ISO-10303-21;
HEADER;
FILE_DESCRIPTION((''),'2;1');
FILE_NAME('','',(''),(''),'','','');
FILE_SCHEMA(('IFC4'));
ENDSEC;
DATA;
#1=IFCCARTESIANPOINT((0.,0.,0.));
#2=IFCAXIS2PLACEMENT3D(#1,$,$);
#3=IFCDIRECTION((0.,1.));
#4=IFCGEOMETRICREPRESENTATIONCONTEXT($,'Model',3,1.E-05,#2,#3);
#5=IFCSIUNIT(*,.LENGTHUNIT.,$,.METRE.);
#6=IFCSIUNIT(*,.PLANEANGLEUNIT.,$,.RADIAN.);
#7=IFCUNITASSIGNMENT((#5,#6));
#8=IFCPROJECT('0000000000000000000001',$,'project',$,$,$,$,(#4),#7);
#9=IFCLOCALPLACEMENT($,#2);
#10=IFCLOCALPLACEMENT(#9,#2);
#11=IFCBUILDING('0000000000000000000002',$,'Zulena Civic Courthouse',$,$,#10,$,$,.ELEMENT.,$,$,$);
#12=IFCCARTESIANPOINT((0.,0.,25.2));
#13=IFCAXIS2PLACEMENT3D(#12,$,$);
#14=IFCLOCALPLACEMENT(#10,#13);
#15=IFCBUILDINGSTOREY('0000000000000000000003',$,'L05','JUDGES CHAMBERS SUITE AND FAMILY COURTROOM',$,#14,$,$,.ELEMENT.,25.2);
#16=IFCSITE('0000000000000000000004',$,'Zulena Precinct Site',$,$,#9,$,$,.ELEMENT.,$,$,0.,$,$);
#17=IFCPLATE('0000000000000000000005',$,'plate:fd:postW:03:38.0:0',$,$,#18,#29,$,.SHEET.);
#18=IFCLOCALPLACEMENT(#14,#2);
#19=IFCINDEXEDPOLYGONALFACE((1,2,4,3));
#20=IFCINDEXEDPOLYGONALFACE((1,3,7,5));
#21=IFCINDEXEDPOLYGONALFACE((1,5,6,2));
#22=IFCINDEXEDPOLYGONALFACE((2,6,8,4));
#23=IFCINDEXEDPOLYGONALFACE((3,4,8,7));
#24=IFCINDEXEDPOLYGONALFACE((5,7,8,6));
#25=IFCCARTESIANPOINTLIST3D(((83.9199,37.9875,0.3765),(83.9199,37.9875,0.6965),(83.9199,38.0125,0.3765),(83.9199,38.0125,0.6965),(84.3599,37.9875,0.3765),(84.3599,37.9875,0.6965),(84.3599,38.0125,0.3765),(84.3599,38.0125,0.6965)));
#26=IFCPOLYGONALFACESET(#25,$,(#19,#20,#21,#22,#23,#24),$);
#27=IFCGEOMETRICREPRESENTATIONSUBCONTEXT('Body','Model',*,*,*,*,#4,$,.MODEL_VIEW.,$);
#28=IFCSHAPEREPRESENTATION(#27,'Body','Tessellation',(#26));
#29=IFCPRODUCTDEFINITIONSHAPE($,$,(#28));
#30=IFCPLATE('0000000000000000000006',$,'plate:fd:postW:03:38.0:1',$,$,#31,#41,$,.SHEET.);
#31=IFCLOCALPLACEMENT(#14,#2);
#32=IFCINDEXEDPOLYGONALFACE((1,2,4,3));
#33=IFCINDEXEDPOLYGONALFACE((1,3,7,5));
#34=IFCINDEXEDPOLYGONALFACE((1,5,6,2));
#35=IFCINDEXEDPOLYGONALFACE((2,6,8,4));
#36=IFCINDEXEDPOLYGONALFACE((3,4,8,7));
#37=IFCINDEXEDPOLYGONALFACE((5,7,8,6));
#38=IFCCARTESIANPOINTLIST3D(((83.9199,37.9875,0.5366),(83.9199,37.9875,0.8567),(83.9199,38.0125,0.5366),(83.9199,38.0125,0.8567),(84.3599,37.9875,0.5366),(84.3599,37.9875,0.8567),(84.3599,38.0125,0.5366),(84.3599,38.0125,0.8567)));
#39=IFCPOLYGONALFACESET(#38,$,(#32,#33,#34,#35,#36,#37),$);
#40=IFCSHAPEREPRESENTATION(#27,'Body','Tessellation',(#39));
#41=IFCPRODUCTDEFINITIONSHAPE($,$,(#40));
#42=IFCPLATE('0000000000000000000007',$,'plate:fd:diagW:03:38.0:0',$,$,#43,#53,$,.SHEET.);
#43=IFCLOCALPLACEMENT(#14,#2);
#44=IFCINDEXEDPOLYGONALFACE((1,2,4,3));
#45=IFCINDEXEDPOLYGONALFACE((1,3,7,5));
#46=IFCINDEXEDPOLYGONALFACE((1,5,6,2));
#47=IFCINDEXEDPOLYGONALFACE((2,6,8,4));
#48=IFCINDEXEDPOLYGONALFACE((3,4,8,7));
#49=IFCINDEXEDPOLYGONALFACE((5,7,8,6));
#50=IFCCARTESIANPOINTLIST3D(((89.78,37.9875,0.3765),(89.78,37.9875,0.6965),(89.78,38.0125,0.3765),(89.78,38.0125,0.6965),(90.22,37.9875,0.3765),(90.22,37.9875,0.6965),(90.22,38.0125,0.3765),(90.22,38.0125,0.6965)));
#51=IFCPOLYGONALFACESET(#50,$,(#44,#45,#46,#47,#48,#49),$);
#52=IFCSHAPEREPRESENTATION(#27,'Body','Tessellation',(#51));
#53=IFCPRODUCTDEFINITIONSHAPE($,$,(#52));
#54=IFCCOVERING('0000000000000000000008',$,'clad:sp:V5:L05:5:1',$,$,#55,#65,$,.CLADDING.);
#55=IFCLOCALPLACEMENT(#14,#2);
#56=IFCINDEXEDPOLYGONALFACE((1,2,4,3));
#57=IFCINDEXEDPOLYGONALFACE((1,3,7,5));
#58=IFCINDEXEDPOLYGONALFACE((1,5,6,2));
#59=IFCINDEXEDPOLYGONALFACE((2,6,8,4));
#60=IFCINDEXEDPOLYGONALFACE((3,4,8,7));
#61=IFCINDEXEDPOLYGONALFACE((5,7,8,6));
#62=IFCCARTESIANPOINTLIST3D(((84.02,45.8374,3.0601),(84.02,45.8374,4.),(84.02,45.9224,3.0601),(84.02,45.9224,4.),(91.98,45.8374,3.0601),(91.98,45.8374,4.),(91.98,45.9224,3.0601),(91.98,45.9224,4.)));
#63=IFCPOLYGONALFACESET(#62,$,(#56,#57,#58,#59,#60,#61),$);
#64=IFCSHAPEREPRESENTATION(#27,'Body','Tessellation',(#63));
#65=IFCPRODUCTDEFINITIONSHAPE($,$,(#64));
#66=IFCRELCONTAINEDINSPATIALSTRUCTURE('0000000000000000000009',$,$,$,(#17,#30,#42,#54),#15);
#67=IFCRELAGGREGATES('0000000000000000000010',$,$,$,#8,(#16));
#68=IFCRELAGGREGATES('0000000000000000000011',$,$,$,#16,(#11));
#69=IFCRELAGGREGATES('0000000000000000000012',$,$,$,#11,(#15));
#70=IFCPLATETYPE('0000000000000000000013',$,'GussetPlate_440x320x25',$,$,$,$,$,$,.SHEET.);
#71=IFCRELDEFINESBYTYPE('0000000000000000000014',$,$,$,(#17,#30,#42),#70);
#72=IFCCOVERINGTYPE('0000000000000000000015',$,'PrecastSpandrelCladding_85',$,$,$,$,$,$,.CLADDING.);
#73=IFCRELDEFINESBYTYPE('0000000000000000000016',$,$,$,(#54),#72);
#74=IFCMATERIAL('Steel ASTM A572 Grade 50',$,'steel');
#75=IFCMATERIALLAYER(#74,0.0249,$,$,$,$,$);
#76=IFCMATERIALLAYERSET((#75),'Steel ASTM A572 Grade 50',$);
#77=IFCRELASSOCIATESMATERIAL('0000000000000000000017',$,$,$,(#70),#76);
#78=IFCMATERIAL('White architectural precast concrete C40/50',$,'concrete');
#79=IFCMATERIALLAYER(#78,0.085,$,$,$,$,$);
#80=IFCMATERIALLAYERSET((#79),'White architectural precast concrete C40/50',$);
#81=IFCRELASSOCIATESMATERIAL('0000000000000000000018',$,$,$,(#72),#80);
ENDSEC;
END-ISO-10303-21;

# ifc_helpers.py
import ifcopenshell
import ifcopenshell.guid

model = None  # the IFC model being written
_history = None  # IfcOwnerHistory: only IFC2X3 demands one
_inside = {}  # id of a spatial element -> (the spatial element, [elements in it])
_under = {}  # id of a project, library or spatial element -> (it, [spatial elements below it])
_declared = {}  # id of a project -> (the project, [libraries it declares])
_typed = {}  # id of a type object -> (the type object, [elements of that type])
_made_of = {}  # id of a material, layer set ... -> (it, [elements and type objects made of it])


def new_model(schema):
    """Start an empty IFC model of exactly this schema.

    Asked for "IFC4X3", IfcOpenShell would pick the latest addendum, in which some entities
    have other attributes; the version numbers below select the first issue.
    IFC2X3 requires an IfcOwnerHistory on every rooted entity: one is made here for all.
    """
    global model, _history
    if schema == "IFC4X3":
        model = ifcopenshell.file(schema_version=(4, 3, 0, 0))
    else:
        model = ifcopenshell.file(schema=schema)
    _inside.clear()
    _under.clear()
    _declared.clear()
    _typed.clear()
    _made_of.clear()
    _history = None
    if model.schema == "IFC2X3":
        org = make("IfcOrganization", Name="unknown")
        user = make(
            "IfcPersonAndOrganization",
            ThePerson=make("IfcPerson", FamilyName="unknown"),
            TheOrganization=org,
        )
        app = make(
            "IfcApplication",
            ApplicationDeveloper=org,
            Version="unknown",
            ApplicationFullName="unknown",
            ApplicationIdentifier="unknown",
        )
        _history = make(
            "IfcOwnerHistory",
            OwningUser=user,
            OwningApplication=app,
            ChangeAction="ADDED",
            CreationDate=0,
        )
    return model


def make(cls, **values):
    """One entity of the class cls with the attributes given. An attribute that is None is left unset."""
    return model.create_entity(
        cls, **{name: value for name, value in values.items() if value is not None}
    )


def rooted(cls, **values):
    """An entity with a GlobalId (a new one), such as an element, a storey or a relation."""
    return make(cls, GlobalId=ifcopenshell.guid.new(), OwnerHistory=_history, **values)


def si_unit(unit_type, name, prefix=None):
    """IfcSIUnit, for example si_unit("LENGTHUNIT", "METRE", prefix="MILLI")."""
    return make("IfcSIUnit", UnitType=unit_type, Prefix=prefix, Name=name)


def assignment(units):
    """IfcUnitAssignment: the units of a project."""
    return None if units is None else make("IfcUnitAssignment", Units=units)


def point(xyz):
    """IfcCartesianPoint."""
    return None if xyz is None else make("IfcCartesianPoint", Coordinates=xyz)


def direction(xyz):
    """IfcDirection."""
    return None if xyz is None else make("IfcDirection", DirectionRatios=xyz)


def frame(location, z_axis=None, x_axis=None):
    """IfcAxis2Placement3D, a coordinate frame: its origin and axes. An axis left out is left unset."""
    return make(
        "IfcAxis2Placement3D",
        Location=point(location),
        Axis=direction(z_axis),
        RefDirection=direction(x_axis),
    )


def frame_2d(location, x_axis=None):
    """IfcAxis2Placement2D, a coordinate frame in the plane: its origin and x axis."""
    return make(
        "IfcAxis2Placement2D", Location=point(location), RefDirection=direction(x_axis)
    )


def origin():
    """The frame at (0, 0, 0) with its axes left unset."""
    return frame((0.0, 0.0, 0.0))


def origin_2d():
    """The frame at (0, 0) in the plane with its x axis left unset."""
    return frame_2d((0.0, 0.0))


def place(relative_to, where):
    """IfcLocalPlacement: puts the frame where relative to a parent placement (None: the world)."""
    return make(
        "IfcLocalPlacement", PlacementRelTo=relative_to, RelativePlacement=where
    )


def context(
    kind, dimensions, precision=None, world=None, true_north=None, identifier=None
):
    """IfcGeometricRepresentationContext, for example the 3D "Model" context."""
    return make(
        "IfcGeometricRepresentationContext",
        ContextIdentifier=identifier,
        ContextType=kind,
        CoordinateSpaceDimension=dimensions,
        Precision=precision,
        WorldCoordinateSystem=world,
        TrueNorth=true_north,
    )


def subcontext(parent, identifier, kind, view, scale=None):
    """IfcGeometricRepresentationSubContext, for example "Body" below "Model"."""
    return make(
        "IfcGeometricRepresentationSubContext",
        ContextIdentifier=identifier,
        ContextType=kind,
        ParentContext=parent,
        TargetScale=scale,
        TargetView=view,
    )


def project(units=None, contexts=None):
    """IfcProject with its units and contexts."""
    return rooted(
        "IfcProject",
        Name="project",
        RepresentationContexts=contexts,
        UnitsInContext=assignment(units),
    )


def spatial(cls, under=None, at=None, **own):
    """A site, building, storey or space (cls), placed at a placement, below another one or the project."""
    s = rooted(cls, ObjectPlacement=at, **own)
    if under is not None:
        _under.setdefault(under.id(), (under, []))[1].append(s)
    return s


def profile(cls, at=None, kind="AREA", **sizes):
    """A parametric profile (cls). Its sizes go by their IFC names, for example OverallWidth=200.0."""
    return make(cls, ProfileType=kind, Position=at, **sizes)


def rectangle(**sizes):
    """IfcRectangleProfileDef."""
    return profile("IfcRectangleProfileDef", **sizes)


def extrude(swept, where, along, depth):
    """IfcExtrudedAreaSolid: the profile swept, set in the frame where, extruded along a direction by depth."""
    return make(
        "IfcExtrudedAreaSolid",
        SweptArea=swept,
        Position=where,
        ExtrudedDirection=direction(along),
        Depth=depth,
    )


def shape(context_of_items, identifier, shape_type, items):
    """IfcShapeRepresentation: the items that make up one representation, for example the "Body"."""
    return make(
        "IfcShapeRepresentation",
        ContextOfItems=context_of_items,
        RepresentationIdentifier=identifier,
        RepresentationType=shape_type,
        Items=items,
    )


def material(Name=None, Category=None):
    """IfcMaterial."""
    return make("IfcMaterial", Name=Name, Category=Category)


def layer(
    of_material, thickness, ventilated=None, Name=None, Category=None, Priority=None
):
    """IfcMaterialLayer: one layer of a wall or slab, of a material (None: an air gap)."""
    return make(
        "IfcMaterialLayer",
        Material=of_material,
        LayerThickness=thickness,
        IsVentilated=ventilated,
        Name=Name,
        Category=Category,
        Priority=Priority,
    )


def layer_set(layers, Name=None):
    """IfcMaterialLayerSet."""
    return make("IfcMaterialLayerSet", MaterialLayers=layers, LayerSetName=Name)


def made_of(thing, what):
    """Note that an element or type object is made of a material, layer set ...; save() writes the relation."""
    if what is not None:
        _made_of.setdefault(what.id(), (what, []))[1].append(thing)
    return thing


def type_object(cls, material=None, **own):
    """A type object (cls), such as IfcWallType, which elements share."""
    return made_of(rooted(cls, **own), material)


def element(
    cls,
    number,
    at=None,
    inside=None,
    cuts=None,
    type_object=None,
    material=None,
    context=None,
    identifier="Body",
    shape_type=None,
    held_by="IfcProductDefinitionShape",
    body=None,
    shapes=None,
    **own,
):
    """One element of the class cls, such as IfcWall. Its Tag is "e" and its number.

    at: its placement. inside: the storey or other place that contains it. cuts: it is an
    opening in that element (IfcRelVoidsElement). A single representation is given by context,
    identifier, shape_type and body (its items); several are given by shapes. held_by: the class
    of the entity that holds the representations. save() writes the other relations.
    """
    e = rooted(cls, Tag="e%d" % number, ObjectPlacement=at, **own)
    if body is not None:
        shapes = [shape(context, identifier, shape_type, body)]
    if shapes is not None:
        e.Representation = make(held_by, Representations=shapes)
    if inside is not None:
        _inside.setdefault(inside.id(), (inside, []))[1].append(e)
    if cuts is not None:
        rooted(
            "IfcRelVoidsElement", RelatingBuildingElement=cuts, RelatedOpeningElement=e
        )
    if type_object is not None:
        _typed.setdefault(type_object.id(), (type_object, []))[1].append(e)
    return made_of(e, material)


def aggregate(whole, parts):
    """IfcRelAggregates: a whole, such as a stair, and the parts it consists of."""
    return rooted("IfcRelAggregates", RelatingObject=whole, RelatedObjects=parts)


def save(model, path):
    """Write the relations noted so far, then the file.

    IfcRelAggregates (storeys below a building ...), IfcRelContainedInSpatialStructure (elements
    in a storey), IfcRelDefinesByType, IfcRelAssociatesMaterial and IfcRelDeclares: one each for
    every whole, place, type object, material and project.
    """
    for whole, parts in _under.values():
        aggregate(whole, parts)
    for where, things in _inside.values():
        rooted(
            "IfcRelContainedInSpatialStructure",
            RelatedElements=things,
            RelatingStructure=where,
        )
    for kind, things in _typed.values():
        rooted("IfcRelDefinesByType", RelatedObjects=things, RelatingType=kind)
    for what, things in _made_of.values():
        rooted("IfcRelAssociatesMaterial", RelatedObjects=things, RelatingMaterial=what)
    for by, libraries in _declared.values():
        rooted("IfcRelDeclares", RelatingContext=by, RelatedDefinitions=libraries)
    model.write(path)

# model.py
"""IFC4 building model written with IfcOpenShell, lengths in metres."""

from ifc_helpers import new_model, si_unit, direction, frame, origin, origin_2d, place, context, subcontext, project, spatial, rectangle, extrude, material, layer, layer_set, type_object, element, save


model = new_model("IFC4")

# Units and contexts
model_context = context("Model", 3, precision=1e-05, world=origin(), true_north=direction((0.0, 1.0)))
body_context = subcontext(model_context, "Body", "Model", "MODEL_VIEW")
ifc_project = project(units=[si_unit("LENGTHUNIT", "METRE"), si_unit("PLANEANGLEUNIT", "RADIAN")], contexts=[model_context])

# Site, building, storey
site_placement = place(None, origin())
site = spatial("IfcSite", under=ifc_project, at=site_placement, Name="Zulena Precinct Site", CompositionType="ELEMENT", RefElevation=0.0)
building_placement = place(site_placement, origin())
building = spatial("IfcBuilding", under=site, at=building_placement, Name="Zulena Civic Courthouse", CompositionType="ELEMENT")
storey_placement = place(building_placement, frame((0.0, 0.0, 25.2)))
storey = spatial("IfcBuildingStorey", under=building, at=storey_placement, Name="L05", Description="JUDGES CHAMBERS SUITE AND FAMILY COURTROOM", CompositionType="ELEMENT", Elevation=25.2)

# Plates
ifc_material_1 = material(Name="Steel ASTM A572 Grade 50", Category="steel")
ifc_layer_1 = layer(ifc_material_1, 0.0249)
ifc_layer_set_1 = layer_set([ifc_layer_1], Name="Steel ASTM A572 Grade 50")
plate_type_1 = type_object("IfcPlateType", Name="GussetPlate_440x320x25", PredefinedType="SHEET", material=ifc_layer_set_1)
for number, where, z_axis, x_axis, name in (
    (1, (84.1399, 38.0, 0.3765), (0.0, 0.0, 1.0), (1.0, 0.0, 0.0), "plate:fd:postW:03:38.0:0"),
    (2, (84.1399, 38.0, 0.5366), (0.0, 0.0, 1.0), (1.0, 0.0, 0.0), "plate:fd:postW:03:38.0:1"),
    (3, (90.0, 38.0, 0.3765), (0.0, 0.0, 1.0), (1.0, 0.0, 0.0), "plate:fd:diagW:03:38.0:0"),
):
    element("IfcPlate", number, at=place(storey_placement, frame(where, z_axis=z_axis, x_axis=x_axis)), inside=storey, type_object=plate_type_1, Name=name, PredefinedType="SHEET", context=body_context, shape_type="SweptSolid", body=[
        extrude(rectangle(XDim=0.4399, YDim=0.0249, at=origin_2d()), origin(), (0.0, 0.0, 1.0), 0.3201),
    ])

# Covering
ifc_material_2 = material(Name="White architectural precast concrete C40/50", Category="concrete")
ifc_layer_2 = layer(ifc_material_2, 0.085)
ifc_layer_set_2 = layer_set([ifc_layer_2], Name="White architectural precast concrete C40/50")
covering_type = type_object("IfcCoveringType", Name="PrecastSpandrelCladding_85", PredefinedType="CLADDING", material=ifc_layer_set_2)
covering_placement = place(storey_placement, frame((88.0, 45.8799, 3.0601), z_axis=(0.0, 0.0, 1.0), x_axis=(-1.0, 0.0, 0.0)))
element("IfcCovering", 4, at=covering_placement, inside=storey, type_object=covering_type, Name="clad:sp:V5:L05:5:1", PredefinedType="CLADDING", context=body_context, shape_type="SweptSolid", body=[
    extrude(rectangle(XDim=7.96, YDim=0.085, at=origin_2d()), origin(), (0.0, 0.0, 1.0), 0.9399),
])

save(model, "model.ifc")
